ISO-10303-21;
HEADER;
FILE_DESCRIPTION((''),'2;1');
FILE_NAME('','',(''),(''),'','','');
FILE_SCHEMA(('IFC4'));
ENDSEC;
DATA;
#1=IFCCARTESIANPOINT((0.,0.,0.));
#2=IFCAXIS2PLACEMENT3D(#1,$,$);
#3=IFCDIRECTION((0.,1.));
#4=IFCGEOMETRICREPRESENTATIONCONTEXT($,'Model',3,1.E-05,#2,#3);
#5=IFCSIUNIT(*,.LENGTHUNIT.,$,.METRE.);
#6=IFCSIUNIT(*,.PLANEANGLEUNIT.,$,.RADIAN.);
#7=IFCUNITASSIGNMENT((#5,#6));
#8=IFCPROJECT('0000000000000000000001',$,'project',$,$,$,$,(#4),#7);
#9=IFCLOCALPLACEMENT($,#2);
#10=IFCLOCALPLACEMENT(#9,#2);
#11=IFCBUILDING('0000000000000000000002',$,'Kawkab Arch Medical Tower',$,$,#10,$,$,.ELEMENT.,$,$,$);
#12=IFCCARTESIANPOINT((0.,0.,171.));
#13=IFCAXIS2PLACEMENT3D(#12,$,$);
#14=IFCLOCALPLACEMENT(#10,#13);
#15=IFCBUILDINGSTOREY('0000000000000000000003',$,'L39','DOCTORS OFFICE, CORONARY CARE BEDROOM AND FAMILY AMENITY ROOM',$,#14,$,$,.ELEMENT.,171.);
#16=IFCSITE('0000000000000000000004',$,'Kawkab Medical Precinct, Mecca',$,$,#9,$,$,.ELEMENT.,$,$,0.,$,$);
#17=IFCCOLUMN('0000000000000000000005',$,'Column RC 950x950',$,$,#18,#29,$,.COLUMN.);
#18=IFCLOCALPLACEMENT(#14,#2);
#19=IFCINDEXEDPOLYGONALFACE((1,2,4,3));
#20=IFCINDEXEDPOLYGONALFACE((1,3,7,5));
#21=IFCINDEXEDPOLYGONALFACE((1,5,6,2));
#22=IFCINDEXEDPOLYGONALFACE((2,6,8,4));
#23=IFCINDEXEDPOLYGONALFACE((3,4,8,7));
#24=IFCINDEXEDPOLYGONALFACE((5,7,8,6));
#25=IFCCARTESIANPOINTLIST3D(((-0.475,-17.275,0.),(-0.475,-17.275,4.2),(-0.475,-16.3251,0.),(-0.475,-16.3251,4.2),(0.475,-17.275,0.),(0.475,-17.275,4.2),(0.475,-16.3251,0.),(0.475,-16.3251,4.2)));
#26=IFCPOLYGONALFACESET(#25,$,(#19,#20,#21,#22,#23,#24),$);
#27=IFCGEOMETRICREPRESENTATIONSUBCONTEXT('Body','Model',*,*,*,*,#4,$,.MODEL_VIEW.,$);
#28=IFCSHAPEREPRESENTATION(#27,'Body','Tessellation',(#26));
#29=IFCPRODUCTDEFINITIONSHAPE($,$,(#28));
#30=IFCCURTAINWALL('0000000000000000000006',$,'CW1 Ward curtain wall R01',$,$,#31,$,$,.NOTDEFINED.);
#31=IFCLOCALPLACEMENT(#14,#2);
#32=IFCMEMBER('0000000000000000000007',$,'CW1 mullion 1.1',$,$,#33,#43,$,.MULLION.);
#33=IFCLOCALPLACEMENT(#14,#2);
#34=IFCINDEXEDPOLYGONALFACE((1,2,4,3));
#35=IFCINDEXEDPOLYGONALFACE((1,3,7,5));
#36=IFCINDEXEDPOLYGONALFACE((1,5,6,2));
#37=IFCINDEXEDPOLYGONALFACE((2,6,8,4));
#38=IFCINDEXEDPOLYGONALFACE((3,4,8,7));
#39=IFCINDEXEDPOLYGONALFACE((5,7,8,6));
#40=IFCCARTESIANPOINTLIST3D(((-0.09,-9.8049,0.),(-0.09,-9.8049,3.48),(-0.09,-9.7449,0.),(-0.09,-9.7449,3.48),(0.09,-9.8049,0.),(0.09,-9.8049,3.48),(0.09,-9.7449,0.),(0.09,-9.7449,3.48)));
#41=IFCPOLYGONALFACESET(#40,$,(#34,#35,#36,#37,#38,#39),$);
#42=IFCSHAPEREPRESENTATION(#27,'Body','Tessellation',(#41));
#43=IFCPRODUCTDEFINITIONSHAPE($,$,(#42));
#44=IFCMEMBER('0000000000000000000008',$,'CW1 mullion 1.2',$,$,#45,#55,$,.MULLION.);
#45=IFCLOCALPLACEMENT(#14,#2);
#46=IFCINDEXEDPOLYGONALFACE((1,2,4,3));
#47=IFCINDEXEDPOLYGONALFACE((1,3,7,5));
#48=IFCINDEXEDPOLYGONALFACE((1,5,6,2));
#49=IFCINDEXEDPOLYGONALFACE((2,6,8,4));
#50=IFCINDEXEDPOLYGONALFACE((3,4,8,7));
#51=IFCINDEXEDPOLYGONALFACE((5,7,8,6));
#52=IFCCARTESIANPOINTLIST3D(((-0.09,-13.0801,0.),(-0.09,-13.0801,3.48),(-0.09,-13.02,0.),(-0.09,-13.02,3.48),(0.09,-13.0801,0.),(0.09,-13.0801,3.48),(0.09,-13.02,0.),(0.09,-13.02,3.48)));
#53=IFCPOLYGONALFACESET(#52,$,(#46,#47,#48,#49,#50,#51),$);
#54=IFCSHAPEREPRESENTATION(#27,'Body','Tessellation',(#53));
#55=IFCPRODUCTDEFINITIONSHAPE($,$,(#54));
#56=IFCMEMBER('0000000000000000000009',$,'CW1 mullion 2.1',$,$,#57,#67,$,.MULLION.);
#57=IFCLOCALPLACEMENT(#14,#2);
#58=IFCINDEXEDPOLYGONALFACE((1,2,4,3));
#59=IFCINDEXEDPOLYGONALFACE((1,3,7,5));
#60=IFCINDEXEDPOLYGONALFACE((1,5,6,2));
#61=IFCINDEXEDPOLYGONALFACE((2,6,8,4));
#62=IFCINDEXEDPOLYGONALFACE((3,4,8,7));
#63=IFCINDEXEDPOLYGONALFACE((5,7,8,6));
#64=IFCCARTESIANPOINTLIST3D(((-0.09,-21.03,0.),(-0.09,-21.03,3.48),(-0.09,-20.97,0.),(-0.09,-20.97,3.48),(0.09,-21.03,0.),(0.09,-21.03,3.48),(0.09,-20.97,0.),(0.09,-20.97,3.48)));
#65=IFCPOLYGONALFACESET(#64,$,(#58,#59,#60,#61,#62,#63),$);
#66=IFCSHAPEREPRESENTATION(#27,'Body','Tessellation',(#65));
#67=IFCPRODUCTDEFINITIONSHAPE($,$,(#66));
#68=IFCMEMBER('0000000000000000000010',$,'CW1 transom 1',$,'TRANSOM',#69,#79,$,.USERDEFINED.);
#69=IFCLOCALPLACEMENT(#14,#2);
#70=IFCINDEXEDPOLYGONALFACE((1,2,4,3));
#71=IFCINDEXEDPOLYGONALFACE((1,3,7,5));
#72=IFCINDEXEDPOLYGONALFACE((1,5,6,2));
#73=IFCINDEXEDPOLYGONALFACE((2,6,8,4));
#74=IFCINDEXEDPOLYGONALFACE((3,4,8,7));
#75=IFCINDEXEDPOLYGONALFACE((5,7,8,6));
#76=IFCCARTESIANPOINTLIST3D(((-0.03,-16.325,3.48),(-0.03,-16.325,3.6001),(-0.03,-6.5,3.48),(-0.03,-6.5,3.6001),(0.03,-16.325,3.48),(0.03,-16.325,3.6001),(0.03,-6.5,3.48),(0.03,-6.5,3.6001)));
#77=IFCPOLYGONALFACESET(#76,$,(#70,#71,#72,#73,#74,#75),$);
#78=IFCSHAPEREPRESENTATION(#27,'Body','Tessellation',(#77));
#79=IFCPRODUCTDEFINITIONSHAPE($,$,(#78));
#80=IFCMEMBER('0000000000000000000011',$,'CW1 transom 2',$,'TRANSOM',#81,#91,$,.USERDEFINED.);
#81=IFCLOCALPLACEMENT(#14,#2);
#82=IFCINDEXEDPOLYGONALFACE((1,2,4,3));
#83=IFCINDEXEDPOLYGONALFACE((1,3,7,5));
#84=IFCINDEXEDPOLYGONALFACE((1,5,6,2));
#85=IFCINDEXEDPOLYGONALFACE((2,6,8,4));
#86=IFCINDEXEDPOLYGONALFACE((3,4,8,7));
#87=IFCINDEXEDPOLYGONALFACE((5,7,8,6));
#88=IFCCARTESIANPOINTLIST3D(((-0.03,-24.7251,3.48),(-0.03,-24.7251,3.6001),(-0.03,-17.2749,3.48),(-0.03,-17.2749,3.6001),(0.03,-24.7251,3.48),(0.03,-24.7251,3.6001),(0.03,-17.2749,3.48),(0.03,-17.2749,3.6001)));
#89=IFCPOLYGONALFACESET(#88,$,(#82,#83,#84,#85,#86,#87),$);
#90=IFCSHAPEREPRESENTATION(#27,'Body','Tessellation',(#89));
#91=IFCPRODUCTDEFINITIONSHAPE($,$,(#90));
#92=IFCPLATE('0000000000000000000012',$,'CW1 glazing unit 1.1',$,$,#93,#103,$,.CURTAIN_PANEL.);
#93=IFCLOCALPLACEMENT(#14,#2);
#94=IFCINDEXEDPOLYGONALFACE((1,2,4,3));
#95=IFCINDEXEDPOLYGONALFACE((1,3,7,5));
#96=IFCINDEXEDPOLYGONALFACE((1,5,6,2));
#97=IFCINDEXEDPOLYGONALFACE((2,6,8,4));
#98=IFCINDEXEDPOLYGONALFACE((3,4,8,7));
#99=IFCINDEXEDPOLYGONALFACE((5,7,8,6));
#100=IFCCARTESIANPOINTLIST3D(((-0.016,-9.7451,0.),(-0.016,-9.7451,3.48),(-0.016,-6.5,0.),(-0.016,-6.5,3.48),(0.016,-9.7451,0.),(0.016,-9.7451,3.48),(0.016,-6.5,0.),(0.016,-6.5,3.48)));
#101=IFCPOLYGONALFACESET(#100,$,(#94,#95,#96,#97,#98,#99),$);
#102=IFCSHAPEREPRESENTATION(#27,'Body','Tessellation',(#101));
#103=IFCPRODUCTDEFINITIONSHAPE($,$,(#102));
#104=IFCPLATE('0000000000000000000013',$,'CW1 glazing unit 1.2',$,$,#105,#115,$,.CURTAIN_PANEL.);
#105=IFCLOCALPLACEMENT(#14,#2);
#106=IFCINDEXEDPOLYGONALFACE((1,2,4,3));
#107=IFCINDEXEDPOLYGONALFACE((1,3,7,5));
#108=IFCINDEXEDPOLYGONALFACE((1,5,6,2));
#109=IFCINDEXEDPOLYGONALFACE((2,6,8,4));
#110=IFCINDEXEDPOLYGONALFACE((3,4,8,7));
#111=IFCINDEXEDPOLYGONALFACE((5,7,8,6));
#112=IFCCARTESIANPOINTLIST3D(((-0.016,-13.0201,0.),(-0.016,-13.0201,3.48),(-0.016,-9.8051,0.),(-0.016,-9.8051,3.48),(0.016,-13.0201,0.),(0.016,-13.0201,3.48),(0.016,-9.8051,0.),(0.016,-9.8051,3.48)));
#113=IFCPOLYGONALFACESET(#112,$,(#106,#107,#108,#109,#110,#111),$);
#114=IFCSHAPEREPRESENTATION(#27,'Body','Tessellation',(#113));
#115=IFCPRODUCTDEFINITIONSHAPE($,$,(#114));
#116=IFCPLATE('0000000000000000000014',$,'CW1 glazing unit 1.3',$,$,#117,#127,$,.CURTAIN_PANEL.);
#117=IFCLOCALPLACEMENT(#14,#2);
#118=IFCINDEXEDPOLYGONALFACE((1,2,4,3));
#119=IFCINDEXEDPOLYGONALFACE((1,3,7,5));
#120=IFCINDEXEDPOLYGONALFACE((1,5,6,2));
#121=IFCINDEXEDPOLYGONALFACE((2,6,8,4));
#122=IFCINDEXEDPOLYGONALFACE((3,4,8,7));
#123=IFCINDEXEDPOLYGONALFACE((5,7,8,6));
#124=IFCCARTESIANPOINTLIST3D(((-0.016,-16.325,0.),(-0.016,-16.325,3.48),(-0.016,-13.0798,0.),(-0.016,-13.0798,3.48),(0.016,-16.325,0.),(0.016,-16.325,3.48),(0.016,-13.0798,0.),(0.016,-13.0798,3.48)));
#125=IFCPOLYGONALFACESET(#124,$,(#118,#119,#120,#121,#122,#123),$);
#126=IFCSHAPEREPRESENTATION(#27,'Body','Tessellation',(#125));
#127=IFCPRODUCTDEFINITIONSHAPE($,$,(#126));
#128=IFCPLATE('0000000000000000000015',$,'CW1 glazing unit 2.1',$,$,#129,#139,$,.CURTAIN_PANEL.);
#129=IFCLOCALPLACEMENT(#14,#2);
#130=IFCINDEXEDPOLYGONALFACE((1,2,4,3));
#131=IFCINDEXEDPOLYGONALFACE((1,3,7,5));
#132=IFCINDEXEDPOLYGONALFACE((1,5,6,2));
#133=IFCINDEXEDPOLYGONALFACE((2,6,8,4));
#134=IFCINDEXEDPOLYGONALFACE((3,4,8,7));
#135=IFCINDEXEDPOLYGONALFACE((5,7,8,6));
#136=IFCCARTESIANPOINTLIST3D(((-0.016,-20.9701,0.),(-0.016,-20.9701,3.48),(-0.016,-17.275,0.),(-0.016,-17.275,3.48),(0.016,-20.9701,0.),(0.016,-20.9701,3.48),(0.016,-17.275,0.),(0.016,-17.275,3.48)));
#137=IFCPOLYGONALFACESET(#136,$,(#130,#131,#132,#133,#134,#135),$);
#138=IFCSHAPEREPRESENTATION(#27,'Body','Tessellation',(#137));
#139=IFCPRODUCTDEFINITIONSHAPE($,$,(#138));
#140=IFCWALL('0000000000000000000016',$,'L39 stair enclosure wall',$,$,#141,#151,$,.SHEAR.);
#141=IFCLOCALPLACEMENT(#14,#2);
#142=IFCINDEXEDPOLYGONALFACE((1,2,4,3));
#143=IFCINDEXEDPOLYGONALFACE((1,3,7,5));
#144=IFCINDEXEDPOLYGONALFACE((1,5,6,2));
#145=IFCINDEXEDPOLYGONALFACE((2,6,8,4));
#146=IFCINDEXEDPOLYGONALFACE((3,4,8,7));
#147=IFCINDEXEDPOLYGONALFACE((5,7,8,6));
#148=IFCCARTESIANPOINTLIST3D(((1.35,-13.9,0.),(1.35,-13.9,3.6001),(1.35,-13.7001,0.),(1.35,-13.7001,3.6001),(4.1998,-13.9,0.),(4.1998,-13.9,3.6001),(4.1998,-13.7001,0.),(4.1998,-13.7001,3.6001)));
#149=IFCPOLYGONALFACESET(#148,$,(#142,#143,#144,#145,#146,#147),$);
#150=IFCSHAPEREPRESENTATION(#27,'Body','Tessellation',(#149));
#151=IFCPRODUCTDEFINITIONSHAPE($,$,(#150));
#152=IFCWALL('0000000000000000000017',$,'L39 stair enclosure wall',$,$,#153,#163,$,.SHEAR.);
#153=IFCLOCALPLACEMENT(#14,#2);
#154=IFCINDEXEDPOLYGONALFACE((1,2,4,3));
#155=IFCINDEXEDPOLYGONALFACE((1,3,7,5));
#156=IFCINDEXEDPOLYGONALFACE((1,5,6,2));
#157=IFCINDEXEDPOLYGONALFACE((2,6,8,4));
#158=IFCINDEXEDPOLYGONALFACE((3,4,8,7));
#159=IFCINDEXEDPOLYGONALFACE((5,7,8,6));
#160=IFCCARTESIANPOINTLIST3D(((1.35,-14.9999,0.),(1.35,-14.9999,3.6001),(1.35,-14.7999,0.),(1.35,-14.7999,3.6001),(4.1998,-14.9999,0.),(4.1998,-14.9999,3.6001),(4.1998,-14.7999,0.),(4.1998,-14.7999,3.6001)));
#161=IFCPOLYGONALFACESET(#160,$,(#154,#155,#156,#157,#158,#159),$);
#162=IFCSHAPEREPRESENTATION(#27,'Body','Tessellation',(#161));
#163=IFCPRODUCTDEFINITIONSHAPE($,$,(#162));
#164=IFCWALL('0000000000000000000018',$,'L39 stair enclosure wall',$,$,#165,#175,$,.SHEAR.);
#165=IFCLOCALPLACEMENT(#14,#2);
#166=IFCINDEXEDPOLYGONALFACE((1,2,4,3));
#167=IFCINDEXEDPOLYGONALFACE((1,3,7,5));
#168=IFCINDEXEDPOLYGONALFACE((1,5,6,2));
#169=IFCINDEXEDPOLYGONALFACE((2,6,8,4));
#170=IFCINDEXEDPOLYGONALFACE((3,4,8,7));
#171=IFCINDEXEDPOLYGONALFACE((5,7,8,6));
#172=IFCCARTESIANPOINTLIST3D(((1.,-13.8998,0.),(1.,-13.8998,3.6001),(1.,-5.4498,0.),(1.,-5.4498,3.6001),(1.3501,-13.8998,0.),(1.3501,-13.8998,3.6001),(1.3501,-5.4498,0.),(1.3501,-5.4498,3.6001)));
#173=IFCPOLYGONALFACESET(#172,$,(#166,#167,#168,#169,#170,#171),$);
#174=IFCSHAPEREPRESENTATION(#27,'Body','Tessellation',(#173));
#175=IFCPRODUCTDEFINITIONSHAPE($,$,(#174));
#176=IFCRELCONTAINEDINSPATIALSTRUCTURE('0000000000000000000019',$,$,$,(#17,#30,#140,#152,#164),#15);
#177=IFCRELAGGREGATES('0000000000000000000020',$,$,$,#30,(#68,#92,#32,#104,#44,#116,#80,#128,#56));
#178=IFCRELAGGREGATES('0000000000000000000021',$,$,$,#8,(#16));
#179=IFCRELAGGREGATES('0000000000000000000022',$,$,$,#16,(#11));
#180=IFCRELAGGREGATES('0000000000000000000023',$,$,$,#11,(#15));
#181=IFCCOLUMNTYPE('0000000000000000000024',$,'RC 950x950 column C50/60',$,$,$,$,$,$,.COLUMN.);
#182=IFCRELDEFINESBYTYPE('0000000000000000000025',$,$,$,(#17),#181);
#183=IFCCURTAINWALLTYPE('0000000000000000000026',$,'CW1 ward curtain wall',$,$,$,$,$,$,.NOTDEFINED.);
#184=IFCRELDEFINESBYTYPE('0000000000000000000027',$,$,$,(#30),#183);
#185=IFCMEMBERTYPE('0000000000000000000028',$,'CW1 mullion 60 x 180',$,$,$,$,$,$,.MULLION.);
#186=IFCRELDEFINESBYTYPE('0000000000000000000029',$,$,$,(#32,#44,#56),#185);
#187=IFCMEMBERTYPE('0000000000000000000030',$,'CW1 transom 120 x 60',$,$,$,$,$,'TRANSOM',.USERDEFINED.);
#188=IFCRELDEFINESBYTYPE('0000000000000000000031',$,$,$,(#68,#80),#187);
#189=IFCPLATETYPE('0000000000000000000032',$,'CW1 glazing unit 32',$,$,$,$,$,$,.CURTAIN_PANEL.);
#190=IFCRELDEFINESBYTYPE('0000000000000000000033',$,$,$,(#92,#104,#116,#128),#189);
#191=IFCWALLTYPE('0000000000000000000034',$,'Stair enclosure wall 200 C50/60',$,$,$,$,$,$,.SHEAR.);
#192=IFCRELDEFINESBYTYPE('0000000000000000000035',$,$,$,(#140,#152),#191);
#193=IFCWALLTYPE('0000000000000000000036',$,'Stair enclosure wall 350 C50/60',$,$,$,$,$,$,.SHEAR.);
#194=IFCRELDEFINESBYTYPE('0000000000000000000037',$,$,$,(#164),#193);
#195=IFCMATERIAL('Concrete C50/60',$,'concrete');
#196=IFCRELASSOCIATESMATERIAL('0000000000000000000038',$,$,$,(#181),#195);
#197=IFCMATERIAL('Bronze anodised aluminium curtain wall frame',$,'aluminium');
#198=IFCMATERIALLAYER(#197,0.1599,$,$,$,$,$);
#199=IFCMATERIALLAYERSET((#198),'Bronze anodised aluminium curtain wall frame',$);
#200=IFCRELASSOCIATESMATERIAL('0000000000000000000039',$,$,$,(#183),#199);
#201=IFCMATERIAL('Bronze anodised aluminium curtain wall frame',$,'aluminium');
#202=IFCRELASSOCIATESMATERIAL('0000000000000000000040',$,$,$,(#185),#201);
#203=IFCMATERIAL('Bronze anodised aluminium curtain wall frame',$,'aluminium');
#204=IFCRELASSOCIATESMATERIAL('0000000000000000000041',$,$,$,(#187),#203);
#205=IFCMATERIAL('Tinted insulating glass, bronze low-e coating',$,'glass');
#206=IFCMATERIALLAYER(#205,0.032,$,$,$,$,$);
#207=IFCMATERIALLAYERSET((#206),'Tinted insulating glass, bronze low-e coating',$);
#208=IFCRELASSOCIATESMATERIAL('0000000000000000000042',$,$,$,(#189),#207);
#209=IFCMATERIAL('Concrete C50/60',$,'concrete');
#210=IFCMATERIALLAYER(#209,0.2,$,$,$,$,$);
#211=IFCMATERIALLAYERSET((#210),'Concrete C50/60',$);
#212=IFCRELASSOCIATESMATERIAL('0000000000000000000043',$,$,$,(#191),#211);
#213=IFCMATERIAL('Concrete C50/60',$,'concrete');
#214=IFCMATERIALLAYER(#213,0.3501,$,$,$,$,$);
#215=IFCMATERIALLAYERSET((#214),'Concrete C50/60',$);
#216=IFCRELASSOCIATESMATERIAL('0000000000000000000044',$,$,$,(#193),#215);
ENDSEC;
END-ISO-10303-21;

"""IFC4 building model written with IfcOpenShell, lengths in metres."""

from ifc_helpers import new_model, si_unit, direction, frame, frame_2d, origin, origin_2d, place, context, subcontext, project, spatial, rectangle, extrude, material, layer, layer_set, material_profile, profile_set, type_object, element, aggregate, save


model = new_model("IFC4")

# Units and contexts
model_context = context("Model", 3, precision=1e-05, world=origin(), true_north=direction((0.0, 1.0)))
body_context = subcontext(model_context, "Body", "Model", "MODEL_VIEW")
ifc_project = project(units=[si_unit("LENGTHUNIT", "METRE"), si_unit("PLANEANGLEUNIT", "RADIAN")], contexts=[model_context])

# Site, building, storey
site_placement = place(None, origin())
site = spatial("IfcSite", under=ifc_project, at=site_placement, Name="Kawkab Medical Precinct, Mecca", CompositionType="ELEMENT", RefElevation=0.0)
building_placement = place(site_placement, origin())
building = spatial("IfcBuilding", under=site, at=building_placement, Name="Kawkab Arch Medical Tower", CompositionType="ELEMENT")
storey_placement = place(building_placement, frame((0.0, 0.0, 171.0)))
storey = spatial("IfcBuildingStorey", under=building, at=storey_placement, Name="L39", Description="DOCTORS OFFICE, CORONARY CARE BEDROOM AND FAMILY AMENITY ROOM", CompositionType="ELEMENT", Elevation=171.0)

# Column
ifc_material_1 = material(Name="Concrete C50/60", Category="concrete")
ifc_material_profile_1 = material_profile(ifc_material_1, rectangle(XDim=0.95, YDim=0.95, at=origin_2d()), Name="RC 950x950")
ifc_profile_set_1 = profile_set([ifc_material_profile_1], Name="Concrete C50/60")
column_type = type_object("IfcColumnType", Name="RC 950x950 column C50/60", PredefinedType="COLUMN", material=ifc_profile_set_1)
column_placement = place(storey_placement, frame((0.0, -16.8, 0.0), z_axis=(0.0, 0.0, 1.0), x_axis=(1.0, 0.0, 0.0)))
element("IfcColumn", 1, at=column_placement, inside=storey, type_object=column_type, Name="Column RC 950x950", PredefinedType="COLUMN", context=body_context, shape_type="SweptSolid", body=[
    extrude(rectangle(XDim=0.95, YDim=0.95, at=origin_2d()), origin(), (0.0, 0.0, 1.0), 4.2),
])

# Curtain wall, members, plates
ifc_material_2 = material(Name="Bronze anodised aluminium curtain wall frame", Category="aluminium")
ifc_layer_1 = layer(ifc_material_2, 0.1599)
ifc_layer_set_1 = layer_set([ifc_layer_1], Name="Bronze anodised aluminium curtain wall frame")
curtain_wall_type = type_object("IfcCurtainWallType", Name="CW1 ward curtain wall", PredefinedType="NOTDEFINED", material=ifc_layer_set_1)
placement = place(storey_placement, origin())
curtain_wall = element("IfcCurtainWall", 2, at=placement, inside=storey, type_object=curtain_wall_type, Name="CW1 Ward curtain wall R01", PredefinedType="NOTDEFINED")
ifc_material_3 = material(Name="Bronze anodised aluminium curtain wall frame", Category="aluminium")
ifc_material_profile_2 = material_profile(ifc_material_3, rectangle(XDim=0.1799, YDim=0.0601, at=origin_2d()), Name="AL 60x180")
ifc_profile_set_2 = profile_set([ifc_material_profile_2], Name="Bronze anodised aluminium curtain wall frame")
member_type_1 = type_object("IfcMemberType", Name="CW1 mullion 60 x 180", PredefinedType="MULLION", material=ifc_profile_set_2)
member_1_placement = place(storey_placement, frame((0.0, -9.7749, 0.0), z_axis=(0.0, 0.0, 1.0), x_axis=(1.0, 0.0, 0.0)))
member_1 = element("IfcMember", 3, at=member_1_placement, type_object=member_type_1, Name="CW1 mullion 1.1", PredefinedType="MULLION", context=body_context, shape_type="SweptSolid", body=[
    extrude(rectangle(XDim=0.1799, YDim=0.0601, at=origin_2d()), origin(), (0.0, 0.0, 1.0), 3.48),
])
member_2_placement = place(storey_placement, frame((0.0, -13.05, 0.0), z_axis=(0.0, 0.0, 1.0), x_axis=(1.0, 0.0, 0.0)))
member_2 = element("IfcMember", 4, at=member_2_placement, type_object=member_type_1, Name="CW1 mullion 1.2", PredefinedType="MULLION", context=body_context, shape_type="SweptSolid", body=[
    extrude(rectangle(XDim=0.1799, YDim=0.0601, at=origin_2d()), origin(), (0.0, 0.0, 1.0), 3.48),
])
member_3_placement = place(storey_placement, frame((0.0, -21.0, 0.0), z_axis=(0.0, 0.0, 1.0), x_axis=(1.0, 0.0, 0.0)))
member_3 = element("IfcMember", 5, at=member_3_placement, type_object=member_type_1, Name="CW1 mullion 2.1", PredefinedType="MULLION", context=body_context, shape_type="SweptSolid", body=[
    extrude(rectangle(XDim=0.1799, YDim=0.0601, at=origin_2d()), origin(), (0.0, 0.0, 1.0), 3.48),
])
ifc_material_4 = material(Name="Bronze anodised aluminium curtain wall frame", Category="aluminium")
ifc_material_profile_3 = material_profile(ifc_material_4, rectangle(XDim=0.0601, YDim=0.1201, at=origin_2d()), Name="AL 60x120")
ifc_profile_set_3 = profile_set([ifc_material_profile_3], Name="Bronze anodised aluminium curtain wall frame")
member_type_2 = type_object("IfcMemberType", Name="CW1 transom 120 x 60", ElementType="TRANSOM", PredefinedType="USERDEFINED", material=ifc_profile_set_3)
member_4_placement = place(storey_placement, frame((0.0, -6.5, 3.54), z_axis=(0.0, -1.0, 0.0), x_axis=(1.0, 0.0, 0.0)))
member_4 = element("IfcMember", 6, at=member_4_placement, type_object=member_type_2, Name="CW1 transom 1", ObjectType="TRANSOM", PredefinedType="USERDEFINED", context=body_context, shape_type="SweptSolid", body=[
    extrude(rectangle(XDim=0.0601, YDim=0.1201, at=origin_2d()), origin(), (0.0, 0.0, 1.0), 9.825),
])
member_5_placement = place(storey_placement, frame((0.0, -17.2749, 3.54), z_axis=(0.0, -1.0, 0.0), x_axis=(1.0, 0.0, 0.0)))
member_5 = element("IfcMember", 7, at=member_5_placement, type_object=member_type_2, Name="CW1 transom 2", ObjectType="TRANSOM", PredefinedType="USERDEFINED", context=body_context, shape_type="SweptSolid", body=[
    extrude(rectangle(XDim=0.0601, YDim=0.1201, at=origin_2d()), origin(), (0.0, 0.0, 1.0), 7.4502),
])
ifc_material_5 = material(Name="Tinted insulating glass, bronze low-e coating", Category="glass")
ifc_layer_2 = layer(ifc_material_5, 0.032)
ifc_layer_set_2 = layer_set([ifc_layer_2], Name="Tinted insulating glass, bronze low-e coating")
plate_type = type_object("IfcPlateType", Name="CW1 glazing unit 32", PredefinedType="CURTAIN_PANEL", material=ifc_layer_set_2)
plate_1_placement = place(storey_placement, frame((0.0, -8.1226, 0.0), z_axis=(0.0, 0.0, 1.0), x_axis=(0.0, -1.0, 0.0)))
plate_1 = element("IfcPlate", 8, at=plate_1_placement, type_object=plate_type, Name="CW1 glazing unit 1.1", PredefinedType="CURTAIN_PANEL", context=body_context, shape_type="SweptSolid", body=[
    extrude(rectangle(XDim=3.2451, YDim=0.032, at=origin_2d()), origin(), (0.0, 0.0, 1.0), 3.48),
])
plate_2_placement = place(storey_placement, frame((0.0, -11.4126, 0.0), z_axis=(0.0, 0.0, 1.0), x_axis=(0.0, -1.0, 0.0)))
plate_2 = element("IfcPlate", 9, at=plate_2_placement, type_object=plate_type, Name="CW1 glazing unit 1.2", PredefinedType="CURTAIN_PANEL", context=body_context, shape_type="SweptSolid", body=[
    extrude(rectangle(XDim=3.2151, YDim=0.032, at=origin_2d()), origin(), (0.0, 0.0, 1.0), 3.48),
])
plate_3_placement = place(storey_placement, frame((0.0, -14.7024, 0.0), z_axis=(0.0, 0.0, 1.0), x_axis=(0.0, -1.0, 0.0)))
plate_3 = element("IfcPlate", 10, at=plate_3_placement, type_object=plate_type, Name="CW1 glazing unit 1.3", PredefinedType="CURTAIN_PANEL", context=body_context, shape_type="SweptSolid", body=[
    extrude(rectangle(XDim=3.2451, YDim=0.032, at=origin_2d()), origin(), (0.0, 0.0, 1.0), 3.48),
])
plate_4_placement = place(storey_placement, frame((0.0, -19.1226, 0.0), z_axis=(0.0, 0.0, 1.0), x_axis=(0.0, -1.0, 0.0)))
plate_4 = element("IfcPlate", 11, at=plate_4_placement, type_object=plate_type, Name="CW1 glazing unit 2.1", PredefinedType="CURTAIN_PANEL", context=body_context, shape_type="SweptSolid", body=[
    extrude(rectangle(XDim=3.6951, YDim=0.032, at=origin_2d()), origin(), (0.0, 0.0, 1.0), 3.48),
])
aggregate(curtain_wall, [member_4, plate_1, member_1, plate_2, member_2, plate_3, member_5, plate_4, member_3])

# Walls
ifc_material_6 = material(Name="Concrete C50/60", Category="concrete")
ifc_layer_3 = layer(ifc_material_6, 0.2)
ifc_layer_set_3 = layer_set([ifc_layer_3], Name="Concrete C50/60")
wall_type_1 = type_object("IfcWallType", Name="Stair enclosure wall 200 C50/60", PredefinedType="SHEAR", material=ifc_layer_set_3)
for number, where, z_axis, x_axis, name in (
    (12, (1.3501, -13.8, 0.0), (0.0, 0.0, 1.0), (1.0, 0.0, 0.0), "L39 stair enclosure wall"),
    (13, (1.3501, -14.8999, 0.0), (0.0, 0.0, 1.0), (1.0, 0.0, 0.0), "L39 stair enclosure wall"),
):
    element("IfcWall", number, at=place(storey_placement, frame(where, z_axis=z_axis, x_axis=x_axis)), inside=storey, type_object=wall_type_1, Name=name, PredefinedType="SHEAR", context=body_context, shape_type="SweptSolid", body=[
        extrude(rectangle(XDim=2.8499, YDim=0.2, at=frame_2d((1.4248, 0.0))), origin(), (0.0, 0.0, 1.0), 3.6001),
    ])
ifc_material_7 = material(Name="Concrete C50/60", Category="concrete")
ifc_layer_4 = layer(ifc_material_7, 0.3501)
ifc_layer_set_4 = layer_set([ifc_layer_4], Name="Concrete C50/60")
wall_type_2 = type_object("IfcWallType", Name="Stair enclosure wall 350 C50/60", PredefinedType="SHEAR", material=ifc_layer_set_4)
wall_placement = place(storey_placement, frame((1.175, -13.8999, 0.0), z_axis=(0.0, 0.0, 1.0), x_axis=(0.0, 1.0, 0.0)))
element("IfcWall", 14, at=wall_placement, inside=storey, type_object=wall_type_2, Name="L39 stair enclosure wall", PredefinedType="SHEAR", context=body_context, shape_type="SweptSolid", body=[
    extrude(rectangle(XDim=8.45, YDim=0.3501, at=frame_2d((4.2251, 0.0))), origin(), (0.0, 0.0, 1.0), 3.6001),
])

save(model, "model.ifc")
